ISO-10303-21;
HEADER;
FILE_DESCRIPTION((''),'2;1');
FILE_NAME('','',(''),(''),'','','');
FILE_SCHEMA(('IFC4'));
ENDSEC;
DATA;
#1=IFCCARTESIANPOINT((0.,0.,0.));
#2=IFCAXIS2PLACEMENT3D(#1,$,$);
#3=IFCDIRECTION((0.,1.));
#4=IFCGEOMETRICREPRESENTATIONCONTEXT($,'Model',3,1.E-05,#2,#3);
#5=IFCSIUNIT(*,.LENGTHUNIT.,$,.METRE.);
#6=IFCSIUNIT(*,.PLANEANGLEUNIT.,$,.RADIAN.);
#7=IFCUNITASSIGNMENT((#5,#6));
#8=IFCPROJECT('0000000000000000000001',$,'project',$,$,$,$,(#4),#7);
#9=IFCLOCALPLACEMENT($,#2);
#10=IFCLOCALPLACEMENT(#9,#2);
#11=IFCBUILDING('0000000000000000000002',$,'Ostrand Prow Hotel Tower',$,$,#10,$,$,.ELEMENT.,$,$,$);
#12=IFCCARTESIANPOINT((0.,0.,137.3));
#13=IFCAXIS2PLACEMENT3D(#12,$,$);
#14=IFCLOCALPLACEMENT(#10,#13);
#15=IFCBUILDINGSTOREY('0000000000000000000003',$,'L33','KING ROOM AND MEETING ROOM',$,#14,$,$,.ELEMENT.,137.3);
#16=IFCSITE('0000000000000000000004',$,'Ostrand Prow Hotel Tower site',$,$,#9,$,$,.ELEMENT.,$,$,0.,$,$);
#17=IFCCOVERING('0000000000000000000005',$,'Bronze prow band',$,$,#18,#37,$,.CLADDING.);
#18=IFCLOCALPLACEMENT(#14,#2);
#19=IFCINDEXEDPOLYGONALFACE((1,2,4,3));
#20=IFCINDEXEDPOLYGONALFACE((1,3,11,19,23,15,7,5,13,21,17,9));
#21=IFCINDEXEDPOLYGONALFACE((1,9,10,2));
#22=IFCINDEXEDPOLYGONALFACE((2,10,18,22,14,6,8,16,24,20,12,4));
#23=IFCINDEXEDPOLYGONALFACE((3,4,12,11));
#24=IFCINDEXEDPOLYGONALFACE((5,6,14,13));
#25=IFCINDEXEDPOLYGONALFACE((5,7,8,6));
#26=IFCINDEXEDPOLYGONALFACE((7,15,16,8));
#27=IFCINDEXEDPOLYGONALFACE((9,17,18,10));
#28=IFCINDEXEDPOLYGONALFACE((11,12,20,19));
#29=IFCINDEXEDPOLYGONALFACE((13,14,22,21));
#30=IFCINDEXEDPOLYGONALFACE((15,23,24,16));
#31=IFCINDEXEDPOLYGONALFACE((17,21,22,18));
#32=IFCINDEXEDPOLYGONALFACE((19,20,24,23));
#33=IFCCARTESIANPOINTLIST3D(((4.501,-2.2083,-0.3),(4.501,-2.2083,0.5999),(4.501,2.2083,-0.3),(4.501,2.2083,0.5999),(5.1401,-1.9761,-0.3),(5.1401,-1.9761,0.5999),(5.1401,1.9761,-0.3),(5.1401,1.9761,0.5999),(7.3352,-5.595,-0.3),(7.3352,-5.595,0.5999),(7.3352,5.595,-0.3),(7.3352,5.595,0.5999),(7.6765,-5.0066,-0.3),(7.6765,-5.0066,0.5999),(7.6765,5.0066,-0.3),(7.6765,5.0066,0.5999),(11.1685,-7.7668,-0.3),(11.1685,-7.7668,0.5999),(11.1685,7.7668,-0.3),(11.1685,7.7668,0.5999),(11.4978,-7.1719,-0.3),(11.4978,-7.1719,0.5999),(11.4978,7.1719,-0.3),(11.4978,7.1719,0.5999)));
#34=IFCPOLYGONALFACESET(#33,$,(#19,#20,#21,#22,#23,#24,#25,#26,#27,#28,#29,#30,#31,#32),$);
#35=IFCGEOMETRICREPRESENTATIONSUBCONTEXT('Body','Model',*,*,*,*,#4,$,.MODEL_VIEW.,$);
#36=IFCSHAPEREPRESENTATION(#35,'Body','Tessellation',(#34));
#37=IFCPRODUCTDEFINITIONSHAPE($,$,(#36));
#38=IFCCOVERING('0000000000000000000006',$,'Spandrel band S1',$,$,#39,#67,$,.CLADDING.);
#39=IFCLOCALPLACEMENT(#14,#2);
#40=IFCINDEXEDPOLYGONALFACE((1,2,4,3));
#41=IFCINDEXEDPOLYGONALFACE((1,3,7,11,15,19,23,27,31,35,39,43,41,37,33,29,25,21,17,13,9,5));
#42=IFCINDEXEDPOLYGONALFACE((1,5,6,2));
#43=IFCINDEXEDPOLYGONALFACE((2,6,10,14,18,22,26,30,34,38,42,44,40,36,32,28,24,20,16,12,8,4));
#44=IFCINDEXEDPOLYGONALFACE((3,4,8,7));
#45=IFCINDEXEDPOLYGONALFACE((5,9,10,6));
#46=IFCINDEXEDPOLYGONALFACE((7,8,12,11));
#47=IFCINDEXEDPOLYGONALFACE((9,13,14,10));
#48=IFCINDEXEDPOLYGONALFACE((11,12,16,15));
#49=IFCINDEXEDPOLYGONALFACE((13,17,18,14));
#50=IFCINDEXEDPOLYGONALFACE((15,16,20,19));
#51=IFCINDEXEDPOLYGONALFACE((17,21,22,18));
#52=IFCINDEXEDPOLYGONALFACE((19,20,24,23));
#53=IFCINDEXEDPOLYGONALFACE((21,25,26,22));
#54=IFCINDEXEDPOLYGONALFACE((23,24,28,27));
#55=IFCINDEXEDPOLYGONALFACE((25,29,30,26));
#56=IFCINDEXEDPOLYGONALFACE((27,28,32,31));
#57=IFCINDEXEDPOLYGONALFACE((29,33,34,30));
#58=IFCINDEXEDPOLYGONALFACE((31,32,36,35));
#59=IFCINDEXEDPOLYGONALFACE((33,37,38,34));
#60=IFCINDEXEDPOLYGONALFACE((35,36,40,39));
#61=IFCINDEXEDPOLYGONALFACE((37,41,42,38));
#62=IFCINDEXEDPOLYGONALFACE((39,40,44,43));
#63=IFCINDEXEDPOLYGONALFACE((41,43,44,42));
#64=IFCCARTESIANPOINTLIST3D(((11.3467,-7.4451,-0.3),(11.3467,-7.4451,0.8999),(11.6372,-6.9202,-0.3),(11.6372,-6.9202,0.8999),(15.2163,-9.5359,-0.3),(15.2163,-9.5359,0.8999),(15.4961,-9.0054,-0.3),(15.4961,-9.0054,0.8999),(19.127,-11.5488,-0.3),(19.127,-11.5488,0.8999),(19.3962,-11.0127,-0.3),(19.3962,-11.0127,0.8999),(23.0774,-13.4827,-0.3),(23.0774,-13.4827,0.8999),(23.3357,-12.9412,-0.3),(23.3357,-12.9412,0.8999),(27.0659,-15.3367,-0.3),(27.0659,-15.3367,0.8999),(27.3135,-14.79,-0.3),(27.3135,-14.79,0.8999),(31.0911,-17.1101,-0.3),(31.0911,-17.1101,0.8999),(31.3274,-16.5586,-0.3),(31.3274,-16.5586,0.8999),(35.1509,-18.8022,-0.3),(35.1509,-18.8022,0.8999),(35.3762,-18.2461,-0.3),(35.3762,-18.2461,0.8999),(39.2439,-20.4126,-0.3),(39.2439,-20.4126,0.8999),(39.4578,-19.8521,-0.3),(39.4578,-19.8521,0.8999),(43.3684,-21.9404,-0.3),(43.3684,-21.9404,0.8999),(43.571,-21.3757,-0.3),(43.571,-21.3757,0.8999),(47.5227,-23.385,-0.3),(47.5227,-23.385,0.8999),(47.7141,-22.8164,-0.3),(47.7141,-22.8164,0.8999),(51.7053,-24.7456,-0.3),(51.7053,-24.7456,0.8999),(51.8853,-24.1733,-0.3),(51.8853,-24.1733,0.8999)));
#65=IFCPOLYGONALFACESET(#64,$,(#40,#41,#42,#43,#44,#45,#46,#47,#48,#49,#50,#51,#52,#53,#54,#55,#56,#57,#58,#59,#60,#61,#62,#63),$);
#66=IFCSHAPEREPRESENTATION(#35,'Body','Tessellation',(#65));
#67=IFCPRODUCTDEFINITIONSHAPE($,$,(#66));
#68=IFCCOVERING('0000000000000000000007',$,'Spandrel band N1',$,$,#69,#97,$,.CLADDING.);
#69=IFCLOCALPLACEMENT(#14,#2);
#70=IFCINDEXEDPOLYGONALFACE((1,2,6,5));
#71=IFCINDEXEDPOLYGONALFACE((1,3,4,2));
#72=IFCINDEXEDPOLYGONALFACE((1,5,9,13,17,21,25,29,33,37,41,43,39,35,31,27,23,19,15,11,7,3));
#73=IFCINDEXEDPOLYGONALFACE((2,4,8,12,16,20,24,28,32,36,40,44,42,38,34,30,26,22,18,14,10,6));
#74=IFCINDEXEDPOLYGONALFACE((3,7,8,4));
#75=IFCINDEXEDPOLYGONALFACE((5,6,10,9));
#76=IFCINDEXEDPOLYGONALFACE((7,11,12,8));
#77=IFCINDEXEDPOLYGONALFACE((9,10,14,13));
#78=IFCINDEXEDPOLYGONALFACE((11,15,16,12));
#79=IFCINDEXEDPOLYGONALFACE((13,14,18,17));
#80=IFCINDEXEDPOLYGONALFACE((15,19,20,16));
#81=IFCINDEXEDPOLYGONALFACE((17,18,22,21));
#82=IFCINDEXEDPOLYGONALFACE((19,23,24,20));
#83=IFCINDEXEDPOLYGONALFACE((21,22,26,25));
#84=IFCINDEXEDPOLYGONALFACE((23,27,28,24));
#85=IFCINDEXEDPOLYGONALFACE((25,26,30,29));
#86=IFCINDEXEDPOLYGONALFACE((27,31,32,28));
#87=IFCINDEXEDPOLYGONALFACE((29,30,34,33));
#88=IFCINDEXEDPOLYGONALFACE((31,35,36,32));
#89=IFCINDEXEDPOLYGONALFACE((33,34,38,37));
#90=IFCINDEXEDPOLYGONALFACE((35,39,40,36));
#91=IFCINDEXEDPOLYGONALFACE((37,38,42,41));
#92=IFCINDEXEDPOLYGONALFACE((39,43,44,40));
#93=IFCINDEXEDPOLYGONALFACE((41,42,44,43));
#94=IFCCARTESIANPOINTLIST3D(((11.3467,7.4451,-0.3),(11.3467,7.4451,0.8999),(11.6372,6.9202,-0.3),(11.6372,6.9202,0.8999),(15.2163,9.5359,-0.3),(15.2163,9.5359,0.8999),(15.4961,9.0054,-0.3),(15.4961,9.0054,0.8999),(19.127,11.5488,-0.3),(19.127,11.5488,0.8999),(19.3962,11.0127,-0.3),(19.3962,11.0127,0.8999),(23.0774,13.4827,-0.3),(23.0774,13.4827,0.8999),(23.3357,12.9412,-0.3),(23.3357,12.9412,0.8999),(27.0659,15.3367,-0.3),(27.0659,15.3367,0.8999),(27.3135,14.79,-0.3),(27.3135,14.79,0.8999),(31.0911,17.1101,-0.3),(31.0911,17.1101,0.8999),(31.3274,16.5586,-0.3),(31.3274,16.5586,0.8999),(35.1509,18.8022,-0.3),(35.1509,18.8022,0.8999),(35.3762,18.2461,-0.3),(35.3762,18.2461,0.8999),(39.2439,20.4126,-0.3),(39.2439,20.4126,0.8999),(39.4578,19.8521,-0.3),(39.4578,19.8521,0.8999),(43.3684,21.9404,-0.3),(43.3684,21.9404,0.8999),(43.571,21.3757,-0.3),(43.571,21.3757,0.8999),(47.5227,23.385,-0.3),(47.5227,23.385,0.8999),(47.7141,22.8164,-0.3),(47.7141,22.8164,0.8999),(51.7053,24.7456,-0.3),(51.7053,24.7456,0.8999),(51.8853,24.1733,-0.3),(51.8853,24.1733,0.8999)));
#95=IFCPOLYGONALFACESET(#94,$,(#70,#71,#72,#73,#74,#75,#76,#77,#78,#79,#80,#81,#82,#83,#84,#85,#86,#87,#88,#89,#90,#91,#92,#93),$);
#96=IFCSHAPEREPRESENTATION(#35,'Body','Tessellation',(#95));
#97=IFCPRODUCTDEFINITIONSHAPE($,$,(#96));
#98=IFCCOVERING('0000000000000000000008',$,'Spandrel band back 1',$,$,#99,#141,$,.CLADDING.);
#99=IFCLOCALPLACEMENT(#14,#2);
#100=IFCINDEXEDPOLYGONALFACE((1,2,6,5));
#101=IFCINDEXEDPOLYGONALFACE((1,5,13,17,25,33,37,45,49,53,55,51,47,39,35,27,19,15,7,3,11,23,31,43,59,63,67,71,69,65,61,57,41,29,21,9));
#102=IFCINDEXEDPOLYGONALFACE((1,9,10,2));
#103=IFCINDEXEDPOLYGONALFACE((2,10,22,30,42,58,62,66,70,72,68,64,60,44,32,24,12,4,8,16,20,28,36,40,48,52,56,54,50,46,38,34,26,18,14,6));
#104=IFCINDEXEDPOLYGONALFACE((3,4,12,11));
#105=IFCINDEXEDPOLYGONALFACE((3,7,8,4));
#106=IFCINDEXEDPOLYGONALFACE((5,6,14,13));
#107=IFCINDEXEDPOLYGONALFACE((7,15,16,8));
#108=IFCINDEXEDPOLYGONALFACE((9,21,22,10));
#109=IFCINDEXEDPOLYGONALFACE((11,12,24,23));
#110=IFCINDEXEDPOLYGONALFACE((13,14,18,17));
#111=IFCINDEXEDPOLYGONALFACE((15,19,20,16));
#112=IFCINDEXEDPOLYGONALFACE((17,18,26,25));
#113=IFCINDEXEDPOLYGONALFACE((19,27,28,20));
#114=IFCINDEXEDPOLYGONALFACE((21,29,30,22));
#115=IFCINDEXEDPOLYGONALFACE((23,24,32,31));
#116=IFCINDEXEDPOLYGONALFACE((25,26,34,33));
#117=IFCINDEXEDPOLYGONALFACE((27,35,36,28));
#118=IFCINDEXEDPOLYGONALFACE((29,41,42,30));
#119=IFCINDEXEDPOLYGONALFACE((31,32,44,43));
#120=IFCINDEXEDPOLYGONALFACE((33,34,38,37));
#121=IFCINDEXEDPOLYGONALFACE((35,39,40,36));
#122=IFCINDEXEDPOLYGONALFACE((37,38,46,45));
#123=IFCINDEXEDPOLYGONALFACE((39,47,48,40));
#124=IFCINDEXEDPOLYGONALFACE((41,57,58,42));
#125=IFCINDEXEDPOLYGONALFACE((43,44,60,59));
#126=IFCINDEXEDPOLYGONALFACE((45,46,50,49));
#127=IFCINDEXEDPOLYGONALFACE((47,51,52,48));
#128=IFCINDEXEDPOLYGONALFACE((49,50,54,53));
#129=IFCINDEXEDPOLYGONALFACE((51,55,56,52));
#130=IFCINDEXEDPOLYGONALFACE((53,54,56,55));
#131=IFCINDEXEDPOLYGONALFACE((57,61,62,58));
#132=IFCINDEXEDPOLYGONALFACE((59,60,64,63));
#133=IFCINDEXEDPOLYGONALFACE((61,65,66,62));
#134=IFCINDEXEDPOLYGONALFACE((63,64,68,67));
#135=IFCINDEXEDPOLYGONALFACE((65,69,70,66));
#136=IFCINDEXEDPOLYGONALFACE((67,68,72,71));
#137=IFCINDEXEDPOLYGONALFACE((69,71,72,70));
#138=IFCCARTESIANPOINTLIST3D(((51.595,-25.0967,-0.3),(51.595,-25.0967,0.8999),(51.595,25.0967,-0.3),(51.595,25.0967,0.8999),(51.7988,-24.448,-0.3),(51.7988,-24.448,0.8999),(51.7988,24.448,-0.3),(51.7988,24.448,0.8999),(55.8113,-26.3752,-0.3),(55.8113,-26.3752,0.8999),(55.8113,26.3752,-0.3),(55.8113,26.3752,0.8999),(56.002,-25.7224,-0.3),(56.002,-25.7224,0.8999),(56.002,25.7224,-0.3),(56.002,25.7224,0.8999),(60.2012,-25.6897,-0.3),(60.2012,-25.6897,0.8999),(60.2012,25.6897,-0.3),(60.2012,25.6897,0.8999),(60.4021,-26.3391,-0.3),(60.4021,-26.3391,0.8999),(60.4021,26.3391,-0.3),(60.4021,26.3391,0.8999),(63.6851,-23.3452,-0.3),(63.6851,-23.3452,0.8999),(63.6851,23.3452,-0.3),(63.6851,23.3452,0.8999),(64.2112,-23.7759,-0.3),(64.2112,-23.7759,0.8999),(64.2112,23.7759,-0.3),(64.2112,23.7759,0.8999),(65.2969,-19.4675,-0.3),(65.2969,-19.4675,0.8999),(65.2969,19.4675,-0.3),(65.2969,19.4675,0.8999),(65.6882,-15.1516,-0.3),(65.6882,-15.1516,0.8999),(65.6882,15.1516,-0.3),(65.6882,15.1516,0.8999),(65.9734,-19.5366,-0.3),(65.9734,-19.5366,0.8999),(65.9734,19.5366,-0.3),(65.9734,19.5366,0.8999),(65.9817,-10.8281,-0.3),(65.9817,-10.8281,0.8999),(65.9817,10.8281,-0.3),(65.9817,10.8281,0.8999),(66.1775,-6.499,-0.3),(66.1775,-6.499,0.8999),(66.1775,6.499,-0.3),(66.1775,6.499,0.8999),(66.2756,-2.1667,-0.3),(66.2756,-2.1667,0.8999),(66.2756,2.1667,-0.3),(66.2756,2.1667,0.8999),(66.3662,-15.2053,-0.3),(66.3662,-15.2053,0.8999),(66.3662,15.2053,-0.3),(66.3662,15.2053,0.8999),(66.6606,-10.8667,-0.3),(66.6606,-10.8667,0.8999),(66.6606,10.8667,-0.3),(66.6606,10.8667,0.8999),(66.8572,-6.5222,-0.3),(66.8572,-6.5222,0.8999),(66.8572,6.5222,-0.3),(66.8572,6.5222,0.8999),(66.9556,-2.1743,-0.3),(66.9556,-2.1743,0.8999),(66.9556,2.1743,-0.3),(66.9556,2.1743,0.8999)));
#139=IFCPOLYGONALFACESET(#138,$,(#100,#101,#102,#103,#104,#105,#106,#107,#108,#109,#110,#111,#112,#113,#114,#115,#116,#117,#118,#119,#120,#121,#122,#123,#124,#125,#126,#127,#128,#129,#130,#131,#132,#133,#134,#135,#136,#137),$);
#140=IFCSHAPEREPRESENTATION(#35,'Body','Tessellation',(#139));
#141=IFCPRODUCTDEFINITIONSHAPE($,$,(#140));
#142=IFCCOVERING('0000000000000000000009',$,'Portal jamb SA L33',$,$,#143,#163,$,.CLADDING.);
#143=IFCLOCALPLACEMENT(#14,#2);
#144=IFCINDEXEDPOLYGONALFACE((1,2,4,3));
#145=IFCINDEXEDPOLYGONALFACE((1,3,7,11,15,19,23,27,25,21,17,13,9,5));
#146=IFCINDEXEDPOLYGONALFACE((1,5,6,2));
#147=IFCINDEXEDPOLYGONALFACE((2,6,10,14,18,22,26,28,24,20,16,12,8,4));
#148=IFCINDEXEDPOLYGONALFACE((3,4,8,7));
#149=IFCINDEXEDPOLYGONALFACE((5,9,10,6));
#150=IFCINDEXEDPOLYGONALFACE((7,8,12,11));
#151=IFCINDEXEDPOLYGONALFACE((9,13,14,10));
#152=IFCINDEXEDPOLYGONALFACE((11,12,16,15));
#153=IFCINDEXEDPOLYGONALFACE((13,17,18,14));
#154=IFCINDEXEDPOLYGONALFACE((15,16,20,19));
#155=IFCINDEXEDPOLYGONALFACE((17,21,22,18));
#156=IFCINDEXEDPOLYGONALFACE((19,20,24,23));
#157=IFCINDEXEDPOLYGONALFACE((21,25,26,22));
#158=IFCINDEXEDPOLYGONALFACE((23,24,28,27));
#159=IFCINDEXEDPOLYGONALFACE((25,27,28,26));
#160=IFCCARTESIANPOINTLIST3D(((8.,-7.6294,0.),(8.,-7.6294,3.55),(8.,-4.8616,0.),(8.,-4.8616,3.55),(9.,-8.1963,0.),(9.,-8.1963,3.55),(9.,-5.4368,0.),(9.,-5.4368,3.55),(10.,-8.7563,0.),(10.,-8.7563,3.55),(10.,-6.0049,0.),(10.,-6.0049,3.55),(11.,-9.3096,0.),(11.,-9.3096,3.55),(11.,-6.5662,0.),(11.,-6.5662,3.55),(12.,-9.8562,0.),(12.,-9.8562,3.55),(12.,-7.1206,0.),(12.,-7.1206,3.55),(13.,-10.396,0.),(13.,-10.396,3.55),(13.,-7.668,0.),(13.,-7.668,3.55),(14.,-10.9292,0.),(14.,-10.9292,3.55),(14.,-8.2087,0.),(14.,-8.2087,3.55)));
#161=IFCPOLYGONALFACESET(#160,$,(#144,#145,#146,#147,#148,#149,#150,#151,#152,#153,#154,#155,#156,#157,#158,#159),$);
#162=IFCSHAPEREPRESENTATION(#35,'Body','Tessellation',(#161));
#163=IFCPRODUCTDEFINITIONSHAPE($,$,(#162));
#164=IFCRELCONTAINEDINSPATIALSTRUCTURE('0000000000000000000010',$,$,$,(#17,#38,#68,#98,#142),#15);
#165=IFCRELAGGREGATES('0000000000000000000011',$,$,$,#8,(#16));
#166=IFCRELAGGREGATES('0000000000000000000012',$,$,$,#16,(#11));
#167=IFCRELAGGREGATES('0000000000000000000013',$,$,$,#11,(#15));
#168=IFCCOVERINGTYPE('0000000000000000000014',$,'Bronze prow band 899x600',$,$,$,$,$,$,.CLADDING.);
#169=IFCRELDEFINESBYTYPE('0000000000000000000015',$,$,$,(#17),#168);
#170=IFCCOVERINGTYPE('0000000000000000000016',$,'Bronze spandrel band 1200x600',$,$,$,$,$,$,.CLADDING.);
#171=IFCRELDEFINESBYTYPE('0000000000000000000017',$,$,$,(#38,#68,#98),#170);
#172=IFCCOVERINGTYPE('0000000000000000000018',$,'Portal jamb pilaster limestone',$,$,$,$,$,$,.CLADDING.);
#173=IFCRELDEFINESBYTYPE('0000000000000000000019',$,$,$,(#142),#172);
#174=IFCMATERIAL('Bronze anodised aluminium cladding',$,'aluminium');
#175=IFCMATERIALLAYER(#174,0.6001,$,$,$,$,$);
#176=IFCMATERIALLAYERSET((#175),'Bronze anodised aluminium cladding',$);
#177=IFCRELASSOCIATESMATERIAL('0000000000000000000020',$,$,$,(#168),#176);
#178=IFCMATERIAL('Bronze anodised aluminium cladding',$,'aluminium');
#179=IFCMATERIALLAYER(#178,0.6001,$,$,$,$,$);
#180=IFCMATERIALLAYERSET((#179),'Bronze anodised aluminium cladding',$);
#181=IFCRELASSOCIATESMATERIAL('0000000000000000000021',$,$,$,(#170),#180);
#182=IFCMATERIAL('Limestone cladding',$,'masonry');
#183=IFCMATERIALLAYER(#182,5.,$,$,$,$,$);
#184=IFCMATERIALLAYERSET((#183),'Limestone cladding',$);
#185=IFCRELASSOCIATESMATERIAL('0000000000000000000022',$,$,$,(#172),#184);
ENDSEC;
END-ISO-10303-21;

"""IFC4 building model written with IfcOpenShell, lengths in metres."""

from ifc_helpers import new_model, si_unit, direction, frame, origin, place, context, subcontext, project, spatial, polyline, outline, extrude, material, layer, layer_set, type_object, element, save


model = new_model("IFC4")

# Units and contexts
model_context = context("Model", 3, precision=1e-05, world=origin(), true_north=direction((0.0, 1.0)))
body_context = subcontext(model_context, "Body", "Model", "MODEL_VIEW")
ifc_project = project(units=[si_unit("LENGTHUNIT", "METRE"), si_unit("PLANEANGLEUNIT", "RADIAN")], contexts=[model_context])

# Site, building, storey
site_placement = place(None, origin())
site = spatial("IfcSite", under=ifc_project, at=site_placement, Name="Ostrand Prow Hotel Tower site", CompositionType="ELEMENT", RefElevation=0.0)
building_placement = place(site_placement, origin())
building = spatial("IfcBuilding", under=site, at=building_placement, Name="Ostrand Prow Hotel Tower", CompositionType="ELEMENT")
storey_placement = place(building_placement, frame((0.0, 0.0, 137.3)))
storey = spatial("IfcBuildingStorey", under=building, at=storey_placement, Name="L33", Description="KING ROOM AND MEETING ROOM", CompositionType="ELEMENT", Elevation=137.3)

# Coverings
ifc_material_1 = material(Name="Bronze anodised aluminium cladding", Category="aluminium")
ifc_layer_1 = layer(ifc_material_1, 0.6001)
ifc_layer_set_1 = layer_set([ifc_layer_1], Name="Bronze anodised aluminium cladding")
covering_type_1 = type_object("IfcCoveringType", Name="Bronze prow band 899x600", PredefinedType="CLADDING", material=ifc_layer_set_1)
covering_1_placement = place(storey_placement, frame((0.0, 0.0, -0.3)))
element("IfcCovering", 1, at=covering_1_placement, inside=storey, type_object=covering_type_1, Name="Bronze prow band", PredefinedType="CLADDING", context=body_context, shape_type="SweptSolid", body=[
    extrude(outline(polyline([(11.1685, 7.7668), (7.3352, 5.595), (4.501, 2.2083), (4.501, -2.2083), (7.3352, -5.595), (11.1685, -7.7668), (11.4978, -7.1719), (7.6765, -5.0066), (5.1401, -1.9761), (5.1401, 1.9761), (7.6765, 5.0066), (11.4978, 7.1719), (11.1685, 7.7668)])), origin(), (0.0, 0.0, 1.0), 0.8999),
])
ifc_material_2 = material(Name="Bronze anodised aluminium cladding", Category="aluminium")
ifc_layer_2 = layer(ifc_material_2, 0.6001)
ifc_layer_set_2 = layer_set([ifc_layer_2], Name="Bronze anodised aluminium cladding")
covering_type_2 = type_object("IfcCoveringType", Name="Bronze spandrel band 1200x600", PredefinedType="CLADDING", material=ifc_layer_set_2)
covering_2_placement = place(storey_placement, frame((0.0, 0.0, -0.3)))
element("IfcCovering", 2, at=covering_2_placement, inside=storey, type_object=covering_type_2, Name="Spandrel band S1", PredefinedType="CLADDING", context=body_context, shape_type="SweptSolid", body=[
    extrude(outline(polyline([(11.3467, -7.4451), (15.2163, -9.5359), (19.127, -11.5488), (23.0774, -13.4827), (27.0659, -15.3367), (31.0911, -17.1101), (35.1509, -18.8022), (39.2439, -20.4126), (43.3684, -21.9404), (47.5227, -23.385), (51.7053, -24.7456), (51.8853, -24.1733), (47.7141, -22.8164), (43.571, -21.3757), (39.4578, -19.8521), (35.3762, -18.2461), (31.3274, -16.5586), (27.3135, -14.79), (23.3357, -12.9412), (19.3962, -11.0127), (15.4961, -9.0054), (11.6372, -6.9202), (11.3467, -7.4451)])), origin(), (0.0, 0.0, 1.0), 1.2),
])
covering_3_placement = place(storey_placement, frame((0.0, 0.0, -0.3)))
element("IfcCovering", 3, at=covering_3_placement, inside=storey, type_object=covering_type_2, Name="Spandrel band N1", PredefinedType="CLADDING", context=body_context, shape_type="SweptSolid", body=[
    extrude(outline(polyline([(51.7053, 24.7456), (47.5227, 23.385), (43.3684, 21.9404), (39.2439, 20.4126), (35.1509, 18.8022), (31.0911, 17.1101), (27.0659, 15.3367), (23.0774, 13.4827), (19.127, 11.5488), (15.2163, 9.5359), (11.3467, 7.4451), (11.6372, 6.9202), (15.4961, 9.0054), (19.3962, 11.0127), (23.3357, 12.9412), (27.3135, 14.79), (31.3274, 16.5586), (35.3762, 18.2461), (39.4578, 19.8521), (43.571, 21.3757), (47.7141, 22.8164), (51.8853, 24.1733), (51.7053, 24.7456)])), origin(), (0.0, 0.0, 1.0), 1.2),
])
covering_4_placement = place(storey_placement, frame((0.0, 0.0, -0.3)))
element("IfcCovering", 4, at=covering_4_placement, inside=storey, type_object=covering_type_2, Name="Spandrel band back 1", PredefinedType="CLADDING", context=body_context, shape_type="SweptSolid", body=[
    extrude(outline(polyline([(51.595, -25.0967), (55.8113, -26.3752), (60.4021, -26.3391), (64.2112, -23.7759), (65.9734, -19.5366), (66.3662, -15.2053), (66.6606, -10.8667), (66.8572, -6.5222), (66.9556, -2.1743), (66.9556, 2.1743), (66.8572, 6.5222), (66.6606, 10.8667), (66.3662, 15.2053), (65.9734, 19.5366), (64.2112, 23.7759), (60.4021, 26.3391), (55.8113, 26.3752), (51.595, 25.0967), (51.7988, 24.448), (56.002, 25.7224), (60.2012, 25.6897), (63.6851, 23.3452), (65.2969, 19.4675), (65.6882, 15.1516), (65.9817, 10.8281), (66.1775, 6.499), (66.2756, 2.1667), (66.2756, -2.1667), (66.1775, -6.499), (65.9817, -10.8281), (65.6882, -15.1516), (65.2969, -19.4675), (63.6851, -23.3452), (60.2012, -25.6897), (56.002, -25.7224), (51.7988, -24.448), (51.595, -25.0967)])), origin(), (0.0, 0.0, 1.0), 1.2),
])
ifc_material_3 = material(Name="Limestone cladding", Category="masonry")
ifc_layer_3 = layer(ifc_material_3, 5.0)
ifc_layer_set_3 = layer_set([ifc_layer_3], Name="Limestone cladding")
covering_type_3 = type_object("IfcCoveringType", Name="Portal jamb pilaster limestone", PredefinedType="CLADDING", material=ifc_layer_set_3)
covering_5_placement = place(storey_placement, origin())
element("IfcCovering", 5, at=covering_5_placement, inside=storey, type_object=covering_type_3, Name="Portal jamb SA L33", PredefinedType="CLADDING", context=body_context, shape_type="SweptSolid", body=[
    extrude(outline(polyline([(8.0, -4.8616), (8.0, -7.6294), (9.0, -8.1963), (10.0, -8.7563), (11.0, -9.3096), (12.0, -9.8562), (13.0, -10.396), (14.0, -10.9292), (14.0, -8.2087), (13.0, -7.668), (12.0, -7.1206), (11.0, -6.5662), (10.0, -6.0049), (9.0, -5.4368), (8.0, -4.8616)])), origin(), (0.0, 0.0, 1.0), 3.55),
])

save(model, "model.ifc")
